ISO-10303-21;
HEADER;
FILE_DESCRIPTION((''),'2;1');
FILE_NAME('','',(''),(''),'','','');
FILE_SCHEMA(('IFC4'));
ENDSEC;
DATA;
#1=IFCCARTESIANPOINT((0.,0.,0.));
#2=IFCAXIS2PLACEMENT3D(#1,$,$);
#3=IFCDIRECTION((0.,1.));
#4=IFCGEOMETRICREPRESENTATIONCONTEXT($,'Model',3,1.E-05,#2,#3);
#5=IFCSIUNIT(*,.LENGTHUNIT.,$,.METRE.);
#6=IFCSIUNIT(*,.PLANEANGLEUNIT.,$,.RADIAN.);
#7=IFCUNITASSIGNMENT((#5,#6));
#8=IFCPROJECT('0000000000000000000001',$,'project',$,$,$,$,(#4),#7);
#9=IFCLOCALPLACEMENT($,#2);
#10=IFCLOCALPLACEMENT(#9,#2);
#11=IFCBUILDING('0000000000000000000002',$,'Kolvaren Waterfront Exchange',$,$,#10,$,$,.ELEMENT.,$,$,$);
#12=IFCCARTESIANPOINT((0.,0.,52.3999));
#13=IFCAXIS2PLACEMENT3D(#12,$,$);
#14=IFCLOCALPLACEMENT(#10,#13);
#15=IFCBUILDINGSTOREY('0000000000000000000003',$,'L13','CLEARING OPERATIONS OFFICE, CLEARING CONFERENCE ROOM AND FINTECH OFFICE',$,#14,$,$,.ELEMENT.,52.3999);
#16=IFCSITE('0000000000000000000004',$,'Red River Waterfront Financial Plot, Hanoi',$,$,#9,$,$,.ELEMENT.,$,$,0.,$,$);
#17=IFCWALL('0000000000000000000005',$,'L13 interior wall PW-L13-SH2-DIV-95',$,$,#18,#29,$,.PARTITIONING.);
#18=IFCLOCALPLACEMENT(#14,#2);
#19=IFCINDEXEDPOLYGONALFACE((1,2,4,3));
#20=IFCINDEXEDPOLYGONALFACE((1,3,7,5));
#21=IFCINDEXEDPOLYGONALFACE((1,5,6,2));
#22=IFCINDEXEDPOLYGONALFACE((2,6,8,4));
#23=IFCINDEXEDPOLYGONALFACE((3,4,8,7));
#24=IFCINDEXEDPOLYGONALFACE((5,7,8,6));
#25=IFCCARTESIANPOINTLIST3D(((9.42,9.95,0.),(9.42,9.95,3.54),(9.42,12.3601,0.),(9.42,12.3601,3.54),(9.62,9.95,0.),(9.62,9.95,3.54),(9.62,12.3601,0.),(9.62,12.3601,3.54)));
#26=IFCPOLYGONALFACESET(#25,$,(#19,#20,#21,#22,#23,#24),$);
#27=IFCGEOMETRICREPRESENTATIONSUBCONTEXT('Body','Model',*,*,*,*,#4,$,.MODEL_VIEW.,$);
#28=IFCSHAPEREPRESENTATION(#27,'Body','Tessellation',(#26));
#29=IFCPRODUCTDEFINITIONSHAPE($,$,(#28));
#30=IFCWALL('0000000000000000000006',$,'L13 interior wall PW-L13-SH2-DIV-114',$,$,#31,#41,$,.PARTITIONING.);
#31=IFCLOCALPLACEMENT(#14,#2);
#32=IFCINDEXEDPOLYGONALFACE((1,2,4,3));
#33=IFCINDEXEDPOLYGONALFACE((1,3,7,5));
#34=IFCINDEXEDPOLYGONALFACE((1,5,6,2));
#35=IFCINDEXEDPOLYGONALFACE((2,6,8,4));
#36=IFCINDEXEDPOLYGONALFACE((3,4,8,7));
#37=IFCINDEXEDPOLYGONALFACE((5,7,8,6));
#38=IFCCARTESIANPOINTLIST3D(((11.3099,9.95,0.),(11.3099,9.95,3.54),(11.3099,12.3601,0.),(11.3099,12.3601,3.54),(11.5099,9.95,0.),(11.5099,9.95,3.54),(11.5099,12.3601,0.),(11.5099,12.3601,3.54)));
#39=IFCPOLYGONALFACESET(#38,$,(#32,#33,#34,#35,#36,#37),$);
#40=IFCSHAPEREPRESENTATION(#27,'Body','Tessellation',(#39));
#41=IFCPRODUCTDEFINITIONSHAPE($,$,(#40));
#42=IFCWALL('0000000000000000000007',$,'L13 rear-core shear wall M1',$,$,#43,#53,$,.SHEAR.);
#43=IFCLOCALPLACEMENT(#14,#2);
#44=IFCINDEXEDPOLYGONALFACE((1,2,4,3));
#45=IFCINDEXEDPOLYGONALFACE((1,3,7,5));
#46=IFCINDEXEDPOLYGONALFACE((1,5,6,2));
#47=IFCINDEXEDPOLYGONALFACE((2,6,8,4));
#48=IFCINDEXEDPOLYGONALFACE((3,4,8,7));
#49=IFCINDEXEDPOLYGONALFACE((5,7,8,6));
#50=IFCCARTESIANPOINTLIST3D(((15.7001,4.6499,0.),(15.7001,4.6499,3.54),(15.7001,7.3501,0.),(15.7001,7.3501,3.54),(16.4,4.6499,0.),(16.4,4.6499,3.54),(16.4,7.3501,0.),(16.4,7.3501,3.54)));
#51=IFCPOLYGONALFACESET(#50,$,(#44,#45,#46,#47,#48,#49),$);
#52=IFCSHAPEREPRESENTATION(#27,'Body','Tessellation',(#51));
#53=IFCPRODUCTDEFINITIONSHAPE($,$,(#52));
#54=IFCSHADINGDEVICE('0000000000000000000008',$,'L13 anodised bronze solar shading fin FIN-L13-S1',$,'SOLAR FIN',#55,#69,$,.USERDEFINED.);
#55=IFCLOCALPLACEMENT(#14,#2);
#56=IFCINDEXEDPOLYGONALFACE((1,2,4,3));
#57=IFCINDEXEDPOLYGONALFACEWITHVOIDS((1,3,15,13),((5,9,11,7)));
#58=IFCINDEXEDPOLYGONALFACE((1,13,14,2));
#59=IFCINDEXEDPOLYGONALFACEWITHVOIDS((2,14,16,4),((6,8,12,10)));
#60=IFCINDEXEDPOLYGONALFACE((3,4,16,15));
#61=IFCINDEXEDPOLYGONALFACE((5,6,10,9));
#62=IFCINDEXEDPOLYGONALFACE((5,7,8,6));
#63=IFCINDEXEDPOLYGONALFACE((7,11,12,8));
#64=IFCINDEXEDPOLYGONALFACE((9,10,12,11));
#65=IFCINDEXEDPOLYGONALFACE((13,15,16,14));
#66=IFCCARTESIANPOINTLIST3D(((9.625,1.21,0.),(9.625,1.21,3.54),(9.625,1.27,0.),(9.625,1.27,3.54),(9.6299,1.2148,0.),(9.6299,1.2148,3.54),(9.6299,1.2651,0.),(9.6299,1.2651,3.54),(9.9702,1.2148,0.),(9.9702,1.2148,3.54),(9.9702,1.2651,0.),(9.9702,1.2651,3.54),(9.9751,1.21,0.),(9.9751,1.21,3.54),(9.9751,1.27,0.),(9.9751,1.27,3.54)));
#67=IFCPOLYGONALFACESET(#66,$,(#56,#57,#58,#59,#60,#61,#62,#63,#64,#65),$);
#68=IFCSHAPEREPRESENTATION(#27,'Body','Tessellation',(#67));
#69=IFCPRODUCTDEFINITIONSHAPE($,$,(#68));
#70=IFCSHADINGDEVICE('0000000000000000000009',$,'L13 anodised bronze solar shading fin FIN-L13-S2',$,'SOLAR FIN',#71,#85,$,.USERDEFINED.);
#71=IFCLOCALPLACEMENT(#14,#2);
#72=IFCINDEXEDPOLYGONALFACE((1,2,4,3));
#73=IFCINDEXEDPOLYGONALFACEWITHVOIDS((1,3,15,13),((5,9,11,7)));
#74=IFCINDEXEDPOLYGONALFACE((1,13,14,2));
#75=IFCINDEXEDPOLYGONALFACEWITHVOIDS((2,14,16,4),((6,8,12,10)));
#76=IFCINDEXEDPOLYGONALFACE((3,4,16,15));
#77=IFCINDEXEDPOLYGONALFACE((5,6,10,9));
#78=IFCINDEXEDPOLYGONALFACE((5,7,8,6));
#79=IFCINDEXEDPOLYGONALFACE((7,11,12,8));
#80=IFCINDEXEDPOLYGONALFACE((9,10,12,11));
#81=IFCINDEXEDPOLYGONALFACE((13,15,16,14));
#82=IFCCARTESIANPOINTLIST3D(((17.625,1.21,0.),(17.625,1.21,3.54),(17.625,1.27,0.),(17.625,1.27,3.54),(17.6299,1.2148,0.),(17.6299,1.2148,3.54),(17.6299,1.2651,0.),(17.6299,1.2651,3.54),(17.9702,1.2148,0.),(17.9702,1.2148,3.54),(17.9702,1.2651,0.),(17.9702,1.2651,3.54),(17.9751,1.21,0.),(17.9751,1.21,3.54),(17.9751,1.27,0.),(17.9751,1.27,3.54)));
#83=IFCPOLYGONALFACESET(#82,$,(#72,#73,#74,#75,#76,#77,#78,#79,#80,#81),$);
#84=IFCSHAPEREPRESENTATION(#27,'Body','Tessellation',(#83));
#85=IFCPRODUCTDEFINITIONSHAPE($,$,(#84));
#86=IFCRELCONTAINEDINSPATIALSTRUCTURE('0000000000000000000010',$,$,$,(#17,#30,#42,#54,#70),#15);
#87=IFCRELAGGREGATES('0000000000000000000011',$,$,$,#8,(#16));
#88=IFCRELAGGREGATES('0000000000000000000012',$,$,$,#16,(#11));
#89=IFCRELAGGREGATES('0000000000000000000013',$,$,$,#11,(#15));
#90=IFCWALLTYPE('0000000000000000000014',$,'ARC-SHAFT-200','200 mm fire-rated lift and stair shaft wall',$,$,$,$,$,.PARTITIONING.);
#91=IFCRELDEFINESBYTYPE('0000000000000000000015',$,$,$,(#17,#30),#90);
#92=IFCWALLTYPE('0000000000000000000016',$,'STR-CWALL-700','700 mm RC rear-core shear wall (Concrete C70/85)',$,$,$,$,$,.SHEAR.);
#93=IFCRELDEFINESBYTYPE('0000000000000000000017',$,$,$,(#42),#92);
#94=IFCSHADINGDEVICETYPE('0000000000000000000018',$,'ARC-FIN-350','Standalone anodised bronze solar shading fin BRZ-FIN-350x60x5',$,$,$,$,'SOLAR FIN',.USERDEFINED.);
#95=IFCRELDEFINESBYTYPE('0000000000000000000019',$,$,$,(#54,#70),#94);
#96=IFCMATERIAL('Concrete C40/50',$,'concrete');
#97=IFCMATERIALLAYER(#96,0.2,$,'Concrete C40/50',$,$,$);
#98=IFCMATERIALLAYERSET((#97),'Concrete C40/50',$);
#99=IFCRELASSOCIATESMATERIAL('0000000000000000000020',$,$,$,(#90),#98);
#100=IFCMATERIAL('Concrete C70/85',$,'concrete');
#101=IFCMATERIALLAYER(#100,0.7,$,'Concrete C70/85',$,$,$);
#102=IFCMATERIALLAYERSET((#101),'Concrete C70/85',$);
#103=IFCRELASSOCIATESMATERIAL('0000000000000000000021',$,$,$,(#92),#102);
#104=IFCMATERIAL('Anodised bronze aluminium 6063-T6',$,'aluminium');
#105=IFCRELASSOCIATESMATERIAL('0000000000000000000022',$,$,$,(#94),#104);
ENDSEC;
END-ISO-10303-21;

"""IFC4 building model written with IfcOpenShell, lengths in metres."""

from ifc_helpers import new_model, si_unit, direction, frame, frame_2d, origin, origin_2d, place, context, subcontext, project, spatial, rectangle, hollow_rectangle, extrude, material, layer, layer_set, material_profile, profile_set, type_object, element, save


model = new_model("IFC4")

# Units and contexts
model_context = context("Model", 3, precision=1e-05, world=origin(), true_north=direction((0.0, 1.0)))
body_context = subcontext(model_context, "Body", "Model", "MODEL_VIEW")
ifc_project = project(units=[si_unit("LENGTHUNIT", "METRE"), si_unit("PLANEANGLEUNIT", "RADIAN")], contexts=[model_context])

# Site, building, storey
site_placement = place(None, origin())
site = spatial("IfcSite", under=ifc_project, at=site_placement, Name="Red River Waterfront Financial Plot, Hanoi", CompositionType="ELEMENT", RefElevation=0.0)
building_placement = place(site_placement, origin())
building = spatial("IfcBuilding", under=site, at=building_placement, Name="Kolvaren Waterfront Exchange", CompositionType="ELEMENT")
storey_placement = place(building_placement, frame((0.0, 0.0, 52.3999)))
storey = spatial("IfcBuildingStorey", under=building, at=storey_placement, Name="L13", Description="CLEARING OPERATIONS OFFICE, CLEARING CONFERENCE ROOM AND FINTECH OFFICE", CompositionType="ELEMENT", Elevation=52.3999)

# Shared definitions
ifc_material_1 = material(Name="Concrete C70/85", Category="concrete")

# Shared definitions
ifc_material_2 = material(Name="Anodised bronze aluminium 6063-T6", Category="aluminium")

# Walls
ifc_material_3 = material(Name="Concrete C40/50", Category="concrete")
ifc_layer_1 = layer(ifc_material_3, 0.2, Name="Concrete C40/50")
ifc_layer_set_1 = layer_set([ifc_layer_1], Name="Concrete C40/50")
wall_type_1 = type_object("IfcWallType", Name="ARC-SHAFT-200", Description="200 mm fire-rated lift and stair shaft wall", PredefinedType="PARTITIONING", material=ifc_layer_set_1)
for number, where, z_axis, x_axis, name in (
    (1, (9.52, 9.95, 0.0), (0.0, 0.0, 1.0), (0.0, 1.0, 0.0), "L13 interior wall PW-L13-SH2-DIV-95"),
    (2, (11.4099, 9.95, 0.0), (0.0, 0.0, 1.0), (0.0, 1.0, 0.0), "L13 interior wall PW-L13-SH2-DIV-114"),
):
    element("IfcWall", number, at=place(storey_placement, frame(where, z_axis=z_axis, x_axis=x_axis)), inside=storey, type_object=wall_type_1, Name=name, PredefinedType="PARTITIONING", context=body_context, shape_type="SweptSolid", body=[
        extrude(rectangle(XDim=2.4102, YDim=0.2, at=frame_2d((1.2051, 0.0))), origin(), (0.0, 0.0, 1.0), 3.54),
    ])
ifc_layer_2 = layer(ifc_material_1, 0.7, Name="Concrete C70/85")
ifc_layer_set_2 = layer_set([ifc_layer_2], Name="Concrete C70/85")
wall_type_2 = type_object("IfcWallType", Name="STR-CWALL-700", Description="700 mm RC rear-core shear wall (Concrete C70/85)", PredefinedType="SHEAR", material=ifc_layer_set_2)
wall_1_placement = place(storey_placement, frame((16.05, 4.6499, 0.0), z_axis=(0.0, 0.0, 1.0), x_axis=(0.0, 1.0, 0.0)))
element("IfcWall", 3, at=wall_1_placement, inside=storey, type_object=wall_type_2, Name="L13 rear-core shear wall M1", PredefinedType="SHEAR", context=body_context, shape_type="SweptSolid", body=[
    extrude(rectangle(XDim=2.7002, YDim=0.7, at=frame_2d((1.3501, 0.0))), origin(), (0.0, 0.0, 1.0), 3.54),
])

# Shading devices
ifc_material_profile_1 = material_profile(ifc_material_2, hollow_rectangle(XDim=0.0601, YDim=0.3501, WallThickness=0.0049, at=origin_2d()), Name="BRZ-FIN-350x60x5")
ifc_profile_set_1 = profile_set([ifc_material_profile_1], Name="Anodised bronze aluminium 6063-T6")
shading_device_type = type_object("IfcShadingDeviceType", Name="ARC-FIN-350", Description="Standalone anodised bronze solar shading fin BRZ-FIN-350x60x5", ElementType="SOLAR FIN", PredefinedType="USERDEFINED", material=ifc_profile_set_1)
for number, where, z_axis, x_axis, name in (
    (4, (9.8, 1.24, 0.0), (0.0, 0.0, 1.0), (0.0, -1.0, 0.0), "L13 anodised bronze solar shading fin FIN-L13-S1"),
    (5, (17.8, 1.24, 0.0), (0.0, 0.0, 1.0), (0.0, -1.0, 0.0), "L13 anodised bronze solar shading fin FIN-L13-S2"),
):
    element("IfcShadingDevice", number, at=place(storey_placement, frame(where, z_axis=z_axis, x_axis=x_axis)), inside=storey, type_object=shading_device_type, Name=name, ObjectType="SOLAR FIN", PredefinedType="USERDEFINED", context=body_context, shape_type="SweptSolid", body=[
        extrude(hollow_rectangle(XDim=0.0601, YDim=0.3501, WallThickness=0.0049, at=origin_2d()), origin(), (0.0, 0.0, 1.0), 3.54),
    ])

save(model, "model.ifc")
